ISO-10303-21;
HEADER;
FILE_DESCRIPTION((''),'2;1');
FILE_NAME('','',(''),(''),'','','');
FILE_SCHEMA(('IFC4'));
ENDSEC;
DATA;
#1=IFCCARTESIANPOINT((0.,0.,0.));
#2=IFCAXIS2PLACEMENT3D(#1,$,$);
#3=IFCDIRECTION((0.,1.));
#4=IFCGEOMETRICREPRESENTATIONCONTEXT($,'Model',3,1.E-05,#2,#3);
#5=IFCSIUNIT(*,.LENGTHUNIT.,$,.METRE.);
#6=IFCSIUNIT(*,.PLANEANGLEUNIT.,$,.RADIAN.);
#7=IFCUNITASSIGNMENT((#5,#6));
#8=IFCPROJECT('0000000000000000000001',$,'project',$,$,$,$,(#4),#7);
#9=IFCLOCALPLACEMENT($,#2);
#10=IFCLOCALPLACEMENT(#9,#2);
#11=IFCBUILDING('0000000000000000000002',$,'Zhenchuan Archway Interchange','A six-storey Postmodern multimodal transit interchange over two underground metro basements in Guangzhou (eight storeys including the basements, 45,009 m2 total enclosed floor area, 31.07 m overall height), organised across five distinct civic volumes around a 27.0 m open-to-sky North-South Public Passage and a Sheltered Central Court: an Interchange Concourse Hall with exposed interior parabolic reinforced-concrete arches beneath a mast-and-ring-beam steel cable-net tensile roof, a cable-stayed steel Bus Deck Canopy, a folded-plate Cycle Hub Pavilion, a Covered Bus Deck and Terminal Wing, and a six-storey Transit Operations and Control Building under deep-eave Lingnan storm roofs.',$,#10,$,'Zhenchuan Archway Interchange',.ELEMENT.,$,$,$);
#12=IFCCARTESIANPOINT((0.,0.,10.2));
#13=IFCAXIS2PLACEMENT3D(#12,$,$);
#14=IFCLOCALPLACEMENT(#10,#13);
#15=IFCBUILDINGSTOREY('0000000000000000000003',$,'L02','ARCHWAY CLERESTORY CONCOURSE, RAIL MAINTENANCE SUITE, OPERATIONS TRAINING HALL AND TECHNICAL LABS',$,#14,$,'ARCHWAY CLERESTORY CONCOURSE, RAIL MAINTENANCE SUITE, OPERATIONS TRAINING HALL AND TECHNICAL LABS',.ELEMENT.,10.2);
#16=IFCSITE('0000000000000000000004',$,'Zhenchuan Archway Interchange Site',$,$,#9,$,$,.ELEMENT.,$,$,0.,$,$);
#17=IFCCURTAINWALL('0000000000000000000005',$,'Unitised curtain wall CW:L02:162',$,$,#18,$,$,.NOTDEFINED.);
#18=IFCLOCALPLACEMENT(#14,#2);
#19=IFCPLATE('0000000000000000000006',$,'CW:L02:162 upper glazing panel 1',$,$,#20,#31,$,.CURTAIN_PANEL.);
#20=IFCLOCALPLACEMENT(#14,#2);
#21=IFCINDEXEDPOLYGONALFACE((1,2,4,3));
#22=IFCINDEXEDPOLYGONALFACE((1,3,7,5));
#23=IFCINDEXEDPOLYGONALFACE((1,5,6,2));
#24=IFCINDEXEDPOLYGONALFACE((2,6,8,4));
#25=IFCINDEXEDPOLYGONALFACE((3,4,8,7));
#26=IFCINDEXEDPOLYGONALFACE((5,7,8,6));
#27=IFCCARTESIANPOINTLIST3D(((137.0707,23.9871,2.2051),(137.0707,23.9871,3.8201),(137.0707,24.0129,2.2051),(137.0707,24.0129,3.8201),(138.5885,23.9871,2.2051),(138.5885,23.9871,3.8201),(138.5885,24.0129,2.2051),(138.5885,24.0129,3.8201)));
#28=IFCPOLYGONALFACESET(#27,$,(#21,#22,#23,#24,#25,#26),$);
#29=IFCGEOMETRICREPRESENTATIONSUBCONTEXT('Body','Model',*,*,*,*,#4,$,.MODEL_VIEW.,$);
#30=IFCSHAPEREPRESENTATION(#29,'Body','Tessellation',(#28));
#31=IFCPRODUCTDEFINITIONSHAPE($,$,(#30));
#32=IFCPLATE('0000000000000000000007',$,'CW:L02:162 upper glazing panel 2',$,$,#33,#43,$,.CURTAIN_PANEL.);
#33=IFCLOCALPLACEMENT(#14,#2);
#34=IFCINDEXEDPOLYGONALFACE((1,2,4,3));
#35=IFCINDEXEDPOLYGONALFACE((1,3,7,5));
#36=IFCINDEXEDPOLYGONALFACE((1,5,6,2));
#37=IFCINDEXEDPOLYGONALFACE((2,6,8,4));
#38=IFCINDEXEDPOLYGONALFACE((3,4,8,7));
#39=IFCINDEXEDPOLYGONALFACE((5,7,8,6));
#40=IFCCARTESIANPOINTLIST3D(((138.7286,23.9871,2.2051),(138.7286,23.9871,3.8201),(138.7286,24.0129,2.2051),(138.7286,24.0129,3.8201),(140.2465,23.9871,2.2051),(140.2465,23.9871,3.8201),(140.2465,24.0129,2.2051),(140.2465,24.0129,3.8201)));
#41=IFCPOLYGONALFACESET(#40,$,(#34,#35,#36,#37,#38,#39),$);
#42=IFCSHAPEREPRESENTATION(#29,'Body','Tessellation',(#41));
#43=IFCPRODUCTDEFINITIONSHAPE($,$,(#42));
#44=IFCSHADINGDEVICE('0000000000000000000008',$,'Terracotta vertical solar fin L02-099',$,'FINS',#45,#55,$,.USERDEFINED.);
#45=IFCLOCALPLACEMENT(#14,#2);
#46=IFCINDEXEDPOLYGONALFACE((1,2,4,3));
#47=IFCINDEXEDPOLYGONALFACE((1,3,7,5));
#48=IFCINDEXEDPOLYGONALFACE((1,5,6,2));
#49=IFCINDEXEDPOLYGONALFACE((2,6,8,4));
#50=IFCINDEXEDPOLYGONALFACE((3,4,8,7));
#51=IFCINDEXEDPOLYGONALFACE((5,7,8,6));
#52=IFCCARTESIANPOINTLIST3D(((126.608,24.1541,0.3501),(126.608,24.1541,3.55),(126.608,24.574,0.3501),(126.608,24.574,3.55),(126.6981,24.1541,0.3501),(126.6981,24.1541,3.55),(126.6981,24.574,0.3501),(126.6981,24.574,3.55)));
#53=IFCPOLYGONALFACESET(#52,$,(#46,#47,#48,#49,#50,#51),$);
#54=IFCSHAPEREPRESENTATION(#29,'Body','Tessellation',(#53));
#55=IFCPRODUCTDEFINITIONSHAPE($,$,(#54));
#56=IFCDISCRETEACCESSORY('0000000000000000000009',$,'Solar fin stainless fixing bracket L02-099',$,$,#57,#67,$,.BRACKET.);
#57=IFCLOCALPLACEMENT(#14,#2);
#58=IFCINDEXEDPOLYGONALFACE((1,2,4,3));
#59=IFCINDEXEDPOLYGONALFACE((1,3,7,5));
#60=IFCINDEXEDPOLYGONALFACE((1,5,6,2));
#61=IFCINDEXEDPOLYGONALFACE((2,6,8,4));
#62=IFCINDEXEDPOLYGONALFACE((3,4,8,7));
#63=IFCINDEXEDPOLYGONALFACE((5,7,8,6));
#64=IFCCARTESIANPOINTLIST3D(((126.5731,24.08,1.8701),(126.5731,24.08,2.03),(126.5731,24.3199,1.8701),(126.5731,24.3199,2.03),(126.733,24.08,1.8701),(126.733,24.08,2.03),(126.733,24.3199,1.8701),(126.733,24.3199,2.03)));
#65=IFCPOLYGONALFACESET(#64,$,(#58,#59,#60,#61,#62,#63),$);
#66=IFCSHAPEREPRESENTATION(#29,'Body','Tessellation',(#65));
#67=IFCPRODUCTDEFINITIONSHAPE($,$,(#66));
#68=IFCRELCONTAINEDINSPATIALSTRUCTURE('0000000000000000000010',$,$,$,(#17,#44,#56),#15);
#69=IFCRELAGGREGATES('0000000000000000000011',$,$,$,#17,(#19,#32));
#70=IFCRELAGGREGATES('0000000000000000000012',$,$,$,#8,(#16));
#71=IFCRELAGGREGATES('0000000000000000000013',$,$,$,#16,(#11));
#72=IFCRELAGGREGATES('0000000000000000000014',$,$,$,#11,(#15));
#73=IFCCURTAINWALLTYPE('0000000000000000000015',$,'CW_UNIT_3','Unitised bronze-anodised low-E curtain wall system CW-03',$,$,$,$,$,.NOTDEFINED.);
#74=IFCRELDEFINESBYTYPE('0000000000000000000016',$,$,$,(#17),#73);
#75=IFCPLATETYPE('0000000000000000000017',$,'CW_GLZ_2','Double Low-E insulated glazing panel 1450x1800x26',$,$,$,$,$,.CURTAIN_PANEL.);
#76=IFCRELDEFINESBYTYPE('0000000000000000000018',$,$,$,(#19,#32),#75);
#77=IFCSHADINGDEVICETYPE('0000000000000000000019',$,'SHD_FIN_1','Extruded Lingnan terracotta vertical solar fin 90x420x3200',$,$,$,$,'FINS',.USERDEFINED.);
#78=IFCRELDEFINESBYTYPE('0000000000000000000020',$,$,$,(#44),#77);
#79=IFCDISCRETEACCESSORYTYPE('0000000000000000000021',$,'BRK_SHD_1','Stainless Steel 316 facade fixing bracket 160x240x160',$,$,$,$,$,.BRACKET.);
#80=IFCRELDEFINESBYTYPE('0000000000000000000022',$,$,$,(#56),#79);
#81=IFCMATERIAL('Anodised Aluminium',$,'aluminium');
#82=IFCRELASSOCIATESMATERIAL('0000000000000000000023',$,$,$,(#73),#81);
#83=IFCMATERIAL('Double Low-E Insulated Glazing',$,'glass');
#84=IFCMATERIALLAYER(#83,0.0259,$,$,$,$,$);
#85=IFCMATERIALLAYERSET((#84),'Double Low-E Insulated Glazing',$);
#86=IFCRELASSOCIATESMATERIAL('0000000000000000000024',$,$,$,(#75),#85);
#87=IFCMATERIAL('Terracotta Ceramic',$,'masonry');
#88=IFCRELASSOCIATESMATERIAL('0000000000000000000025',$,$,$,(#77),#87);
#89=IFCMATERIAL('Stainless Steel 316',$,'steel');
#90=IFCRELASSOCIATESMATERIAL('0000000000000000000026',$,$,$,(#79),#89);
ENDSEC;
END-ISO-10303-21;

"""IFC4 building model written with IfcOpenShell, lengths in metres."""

from ifc_helpers import new_model, si_unit, direction, frame, origin, origin_2d, place, context, subcontext, project, spatial, rectangle, extrude, material, layer, layer_set, type_object, element, aggregate, save


model = new_model("IFC4")

# Units and contexts
model_context = context("Model", 3, precision=1e-05, world=origin(), true_north=direction((0.0, 1.0)))
body_context = subcontext(model_context, "Body", "Model", "MODEL_VIEW")
ifc_project = project(units=[si_unit("LENGTHUNIT", "METRE"), si_unit("PLANEANGLEUNIT", "RADIAN")], contexts=[model_context])

# Site, building, storey
site_placement = place(None, origin())
site = spatial("IfcSite", under=ifc_project, at=site_placement, Name="Zhenchuan Archway Interchange Site", CompositionType="ELEMENT", RefElevation=0.0)
building_placement = place(site_placement, origin())
building = spatial("IfcBuilding", under=site, at=building_placement, Name="Zhenchuan Archway Interchange", Description="A six-storey Postmodern multimodal transit interchange over two underground metro basements in Guangzhou (eight storeys including the basements, 45,009 m2 total enclosed floor area, 31.07 m overall height), organised across five distinct civic volumes around a 27.0 m open-to-sky North-South Public Passage and a Sheltered Central Court: an Interchange Concourse Hall with exposed interior parabolic reinforced-concrete arches beneath a mast-and-ring-beam steel cable-net tensile roof, a cable-stayed steel Bus Deck Canopy, a folded-plate Cycle Hub Pavilion, a Covered Bus Deck and Terminal Wing, and a six-storey Transit Operations and Control Building under deep-eave Lingnan storm roofs.", LongName="Zhenchuan Archway Interchange", CompositionType="ELEMENT")
storey_placement = place(building_placement, frame((0.0, 0.0, 10.2)))
storey = spatial("IfcBuildingStorey", under=building, at=storey_placement, Name="L02", Description="ARCHWAY CLERESTORY CONCOURSE, RAIL MAINTENANCE SUITE, OPERATIONS TRAINING HALL AND TECHNICAL LABS", LongName="ARCHWAY CLERESTORY CONCOURSE, RAIL MAINTENANCE SUITE, OPERATIONS TRAINING HALL AND TECHNICAL LABS", CompositionType="ELEMENT", Elevation=10.2)

# Curtain wall, plates
ifc_material_1 = material(Name="Anodised Aluminium", Category="aluminium")
curtain_wall_type = type_object("IfcCurtainWallType", Name="CW_UNIT_3", Description="Unitised bronze-anodised low-E curtain wall system CW-03", PredefinedType="NOTDEFINED", material=ifc_material_1)
curtain_wall_placement = place(storey_placement, origin())
curtain_wall = element("IfcCurtainWall", 1, at=curtain_wall_placement, inside=storey, type_object=curtain_wall_type, Name="Unitised curtain wall CW:L02:162", PredefinedType="NOTDEFINED")
ifc_material_2 = material(Name="Double Low-E Insulated Glazing", Category="glass")
ifc_layer_1 = layer(ifc_material_2, 0.0259)
ifc_layer_set_1 = layer_set([ifc_layer_1], Name="Double Low-E Insulated Glazing")
plate_type_1 = type_object("IfcPlateType", Name="CW_GLZ_2", Description="Double Low-E insulated glazing panel 1450x1800x26", PredefinedType="CURTAIN_PANEL", material=ifc_layer_set_1)
plate_1_placement = place(storey_placement, frame((137.8296, 24.0, 2.2051), z_axis=(0.0, 0.0, 1.0), x_axis=(1.0, 0.0, 0.0)))
plate_1 = element("IfcPlate", 2, at=plate_1_placement, type_object=plate_type_1, Name="CW:L02:162 upper glazing panel 1", PredefinedType="CURTAIN_PANEL", context=body_context, shape_type="SweptSolid", body=[
    extrude(rectangle(XDim=1.5178, YDim=0.0259, at=origin_2d()), origin(), (0.0, 0.0, 1.0), 1.615),
])
plate_2_placement = place(storey_placement, frame((139.4875, 24.0, 2.2051), z_axis=(0.0, 0.0, 1.0), x_axis=(1.0, 0.0, 0.0)))
plate_2 = element("IfcPlate", 3, at=plate_2_placement, type_object=plate_type_1, Name="CW:L02:162 upper glazing panel 2", PredefinedType="CURTAIN_PANEL", context=body_context, shape_type="SweptSolid", body=[
    extrude(rectangle(XDim=1.5178, YDim=0.0259, at=origin_2d()), origin(), (0.0, 0.0, 1.0), 1.615),
])
aggregate(curtain_wall, [plate_1, plate_2])

# Shading device
ifc_material_3 = material(Name="Terracotta Ceramic", Category="masonry")
shading_device_type = type_object("IfcShadingDeviceType", Name="SHD_FIN_1", Description="Extruded Lingnan terracotta vertical solar fin 90x420x3200", ElementType="FINS", PredefinedType="USERDEFINED", material=ifc_material_3)
shading_device_placement = place(storey_placement, frame((126.6531, 24.364, 0.3501), z_axis=(0.0, 0.0, 1.0), x_axis=(1.0, 0.0, 0.0)))
element("IfcShadingDevice", 4, at=shading_device_placement, inside=storey, type_object=shading_device_type, Name="Terracotta vertical solar fin L02-099", ObjectType="FINS", PredefinedType="USERDEFINED", context=body_context, shape_type="SweptSolid", body=[
    extrude(rectangle(XDim=0.0901, YDim=0.4199, at=origin_2d()), origin(), (0.0, 0.0, 1.0), 3.2),
])

# Discrete accessory
ifc_material_4 = material(Name="Stainless Steel 316", Category="steel")
discrete_accessory_type = type_object("IfcDiscreteAccessoryType", Name="BRK_SHD_1", Description="Stainless Steel 316 facade fixing bracket 160x240x160", PredefinedType="BRACKET", material=ifc_material_4)
discrete_accessory_placement = place(storey_placement, frame((126.6531, 24.2, 1.8701), z_axis=(0.0, 0.0, 1.0), x_axis=(1.0, 0.0, 0.0)))
element("IfcDiscreteAccessory", 5, at=discrete_accessory_placement, inside=storey, type_object=discrete_accessory_type, Name="Solar fin stainless fixing bracket L02-099", PredefinedType="BRACKET", context=body_context, shape_type="SweptSolid", body=[
    extrude(rectangle(XDim=0.1599, YDim=0.24, at=origin_2d()), origin(), (0.0, 0.0, 1.0), 0.1599),
])

save(model, "model.ifc")
